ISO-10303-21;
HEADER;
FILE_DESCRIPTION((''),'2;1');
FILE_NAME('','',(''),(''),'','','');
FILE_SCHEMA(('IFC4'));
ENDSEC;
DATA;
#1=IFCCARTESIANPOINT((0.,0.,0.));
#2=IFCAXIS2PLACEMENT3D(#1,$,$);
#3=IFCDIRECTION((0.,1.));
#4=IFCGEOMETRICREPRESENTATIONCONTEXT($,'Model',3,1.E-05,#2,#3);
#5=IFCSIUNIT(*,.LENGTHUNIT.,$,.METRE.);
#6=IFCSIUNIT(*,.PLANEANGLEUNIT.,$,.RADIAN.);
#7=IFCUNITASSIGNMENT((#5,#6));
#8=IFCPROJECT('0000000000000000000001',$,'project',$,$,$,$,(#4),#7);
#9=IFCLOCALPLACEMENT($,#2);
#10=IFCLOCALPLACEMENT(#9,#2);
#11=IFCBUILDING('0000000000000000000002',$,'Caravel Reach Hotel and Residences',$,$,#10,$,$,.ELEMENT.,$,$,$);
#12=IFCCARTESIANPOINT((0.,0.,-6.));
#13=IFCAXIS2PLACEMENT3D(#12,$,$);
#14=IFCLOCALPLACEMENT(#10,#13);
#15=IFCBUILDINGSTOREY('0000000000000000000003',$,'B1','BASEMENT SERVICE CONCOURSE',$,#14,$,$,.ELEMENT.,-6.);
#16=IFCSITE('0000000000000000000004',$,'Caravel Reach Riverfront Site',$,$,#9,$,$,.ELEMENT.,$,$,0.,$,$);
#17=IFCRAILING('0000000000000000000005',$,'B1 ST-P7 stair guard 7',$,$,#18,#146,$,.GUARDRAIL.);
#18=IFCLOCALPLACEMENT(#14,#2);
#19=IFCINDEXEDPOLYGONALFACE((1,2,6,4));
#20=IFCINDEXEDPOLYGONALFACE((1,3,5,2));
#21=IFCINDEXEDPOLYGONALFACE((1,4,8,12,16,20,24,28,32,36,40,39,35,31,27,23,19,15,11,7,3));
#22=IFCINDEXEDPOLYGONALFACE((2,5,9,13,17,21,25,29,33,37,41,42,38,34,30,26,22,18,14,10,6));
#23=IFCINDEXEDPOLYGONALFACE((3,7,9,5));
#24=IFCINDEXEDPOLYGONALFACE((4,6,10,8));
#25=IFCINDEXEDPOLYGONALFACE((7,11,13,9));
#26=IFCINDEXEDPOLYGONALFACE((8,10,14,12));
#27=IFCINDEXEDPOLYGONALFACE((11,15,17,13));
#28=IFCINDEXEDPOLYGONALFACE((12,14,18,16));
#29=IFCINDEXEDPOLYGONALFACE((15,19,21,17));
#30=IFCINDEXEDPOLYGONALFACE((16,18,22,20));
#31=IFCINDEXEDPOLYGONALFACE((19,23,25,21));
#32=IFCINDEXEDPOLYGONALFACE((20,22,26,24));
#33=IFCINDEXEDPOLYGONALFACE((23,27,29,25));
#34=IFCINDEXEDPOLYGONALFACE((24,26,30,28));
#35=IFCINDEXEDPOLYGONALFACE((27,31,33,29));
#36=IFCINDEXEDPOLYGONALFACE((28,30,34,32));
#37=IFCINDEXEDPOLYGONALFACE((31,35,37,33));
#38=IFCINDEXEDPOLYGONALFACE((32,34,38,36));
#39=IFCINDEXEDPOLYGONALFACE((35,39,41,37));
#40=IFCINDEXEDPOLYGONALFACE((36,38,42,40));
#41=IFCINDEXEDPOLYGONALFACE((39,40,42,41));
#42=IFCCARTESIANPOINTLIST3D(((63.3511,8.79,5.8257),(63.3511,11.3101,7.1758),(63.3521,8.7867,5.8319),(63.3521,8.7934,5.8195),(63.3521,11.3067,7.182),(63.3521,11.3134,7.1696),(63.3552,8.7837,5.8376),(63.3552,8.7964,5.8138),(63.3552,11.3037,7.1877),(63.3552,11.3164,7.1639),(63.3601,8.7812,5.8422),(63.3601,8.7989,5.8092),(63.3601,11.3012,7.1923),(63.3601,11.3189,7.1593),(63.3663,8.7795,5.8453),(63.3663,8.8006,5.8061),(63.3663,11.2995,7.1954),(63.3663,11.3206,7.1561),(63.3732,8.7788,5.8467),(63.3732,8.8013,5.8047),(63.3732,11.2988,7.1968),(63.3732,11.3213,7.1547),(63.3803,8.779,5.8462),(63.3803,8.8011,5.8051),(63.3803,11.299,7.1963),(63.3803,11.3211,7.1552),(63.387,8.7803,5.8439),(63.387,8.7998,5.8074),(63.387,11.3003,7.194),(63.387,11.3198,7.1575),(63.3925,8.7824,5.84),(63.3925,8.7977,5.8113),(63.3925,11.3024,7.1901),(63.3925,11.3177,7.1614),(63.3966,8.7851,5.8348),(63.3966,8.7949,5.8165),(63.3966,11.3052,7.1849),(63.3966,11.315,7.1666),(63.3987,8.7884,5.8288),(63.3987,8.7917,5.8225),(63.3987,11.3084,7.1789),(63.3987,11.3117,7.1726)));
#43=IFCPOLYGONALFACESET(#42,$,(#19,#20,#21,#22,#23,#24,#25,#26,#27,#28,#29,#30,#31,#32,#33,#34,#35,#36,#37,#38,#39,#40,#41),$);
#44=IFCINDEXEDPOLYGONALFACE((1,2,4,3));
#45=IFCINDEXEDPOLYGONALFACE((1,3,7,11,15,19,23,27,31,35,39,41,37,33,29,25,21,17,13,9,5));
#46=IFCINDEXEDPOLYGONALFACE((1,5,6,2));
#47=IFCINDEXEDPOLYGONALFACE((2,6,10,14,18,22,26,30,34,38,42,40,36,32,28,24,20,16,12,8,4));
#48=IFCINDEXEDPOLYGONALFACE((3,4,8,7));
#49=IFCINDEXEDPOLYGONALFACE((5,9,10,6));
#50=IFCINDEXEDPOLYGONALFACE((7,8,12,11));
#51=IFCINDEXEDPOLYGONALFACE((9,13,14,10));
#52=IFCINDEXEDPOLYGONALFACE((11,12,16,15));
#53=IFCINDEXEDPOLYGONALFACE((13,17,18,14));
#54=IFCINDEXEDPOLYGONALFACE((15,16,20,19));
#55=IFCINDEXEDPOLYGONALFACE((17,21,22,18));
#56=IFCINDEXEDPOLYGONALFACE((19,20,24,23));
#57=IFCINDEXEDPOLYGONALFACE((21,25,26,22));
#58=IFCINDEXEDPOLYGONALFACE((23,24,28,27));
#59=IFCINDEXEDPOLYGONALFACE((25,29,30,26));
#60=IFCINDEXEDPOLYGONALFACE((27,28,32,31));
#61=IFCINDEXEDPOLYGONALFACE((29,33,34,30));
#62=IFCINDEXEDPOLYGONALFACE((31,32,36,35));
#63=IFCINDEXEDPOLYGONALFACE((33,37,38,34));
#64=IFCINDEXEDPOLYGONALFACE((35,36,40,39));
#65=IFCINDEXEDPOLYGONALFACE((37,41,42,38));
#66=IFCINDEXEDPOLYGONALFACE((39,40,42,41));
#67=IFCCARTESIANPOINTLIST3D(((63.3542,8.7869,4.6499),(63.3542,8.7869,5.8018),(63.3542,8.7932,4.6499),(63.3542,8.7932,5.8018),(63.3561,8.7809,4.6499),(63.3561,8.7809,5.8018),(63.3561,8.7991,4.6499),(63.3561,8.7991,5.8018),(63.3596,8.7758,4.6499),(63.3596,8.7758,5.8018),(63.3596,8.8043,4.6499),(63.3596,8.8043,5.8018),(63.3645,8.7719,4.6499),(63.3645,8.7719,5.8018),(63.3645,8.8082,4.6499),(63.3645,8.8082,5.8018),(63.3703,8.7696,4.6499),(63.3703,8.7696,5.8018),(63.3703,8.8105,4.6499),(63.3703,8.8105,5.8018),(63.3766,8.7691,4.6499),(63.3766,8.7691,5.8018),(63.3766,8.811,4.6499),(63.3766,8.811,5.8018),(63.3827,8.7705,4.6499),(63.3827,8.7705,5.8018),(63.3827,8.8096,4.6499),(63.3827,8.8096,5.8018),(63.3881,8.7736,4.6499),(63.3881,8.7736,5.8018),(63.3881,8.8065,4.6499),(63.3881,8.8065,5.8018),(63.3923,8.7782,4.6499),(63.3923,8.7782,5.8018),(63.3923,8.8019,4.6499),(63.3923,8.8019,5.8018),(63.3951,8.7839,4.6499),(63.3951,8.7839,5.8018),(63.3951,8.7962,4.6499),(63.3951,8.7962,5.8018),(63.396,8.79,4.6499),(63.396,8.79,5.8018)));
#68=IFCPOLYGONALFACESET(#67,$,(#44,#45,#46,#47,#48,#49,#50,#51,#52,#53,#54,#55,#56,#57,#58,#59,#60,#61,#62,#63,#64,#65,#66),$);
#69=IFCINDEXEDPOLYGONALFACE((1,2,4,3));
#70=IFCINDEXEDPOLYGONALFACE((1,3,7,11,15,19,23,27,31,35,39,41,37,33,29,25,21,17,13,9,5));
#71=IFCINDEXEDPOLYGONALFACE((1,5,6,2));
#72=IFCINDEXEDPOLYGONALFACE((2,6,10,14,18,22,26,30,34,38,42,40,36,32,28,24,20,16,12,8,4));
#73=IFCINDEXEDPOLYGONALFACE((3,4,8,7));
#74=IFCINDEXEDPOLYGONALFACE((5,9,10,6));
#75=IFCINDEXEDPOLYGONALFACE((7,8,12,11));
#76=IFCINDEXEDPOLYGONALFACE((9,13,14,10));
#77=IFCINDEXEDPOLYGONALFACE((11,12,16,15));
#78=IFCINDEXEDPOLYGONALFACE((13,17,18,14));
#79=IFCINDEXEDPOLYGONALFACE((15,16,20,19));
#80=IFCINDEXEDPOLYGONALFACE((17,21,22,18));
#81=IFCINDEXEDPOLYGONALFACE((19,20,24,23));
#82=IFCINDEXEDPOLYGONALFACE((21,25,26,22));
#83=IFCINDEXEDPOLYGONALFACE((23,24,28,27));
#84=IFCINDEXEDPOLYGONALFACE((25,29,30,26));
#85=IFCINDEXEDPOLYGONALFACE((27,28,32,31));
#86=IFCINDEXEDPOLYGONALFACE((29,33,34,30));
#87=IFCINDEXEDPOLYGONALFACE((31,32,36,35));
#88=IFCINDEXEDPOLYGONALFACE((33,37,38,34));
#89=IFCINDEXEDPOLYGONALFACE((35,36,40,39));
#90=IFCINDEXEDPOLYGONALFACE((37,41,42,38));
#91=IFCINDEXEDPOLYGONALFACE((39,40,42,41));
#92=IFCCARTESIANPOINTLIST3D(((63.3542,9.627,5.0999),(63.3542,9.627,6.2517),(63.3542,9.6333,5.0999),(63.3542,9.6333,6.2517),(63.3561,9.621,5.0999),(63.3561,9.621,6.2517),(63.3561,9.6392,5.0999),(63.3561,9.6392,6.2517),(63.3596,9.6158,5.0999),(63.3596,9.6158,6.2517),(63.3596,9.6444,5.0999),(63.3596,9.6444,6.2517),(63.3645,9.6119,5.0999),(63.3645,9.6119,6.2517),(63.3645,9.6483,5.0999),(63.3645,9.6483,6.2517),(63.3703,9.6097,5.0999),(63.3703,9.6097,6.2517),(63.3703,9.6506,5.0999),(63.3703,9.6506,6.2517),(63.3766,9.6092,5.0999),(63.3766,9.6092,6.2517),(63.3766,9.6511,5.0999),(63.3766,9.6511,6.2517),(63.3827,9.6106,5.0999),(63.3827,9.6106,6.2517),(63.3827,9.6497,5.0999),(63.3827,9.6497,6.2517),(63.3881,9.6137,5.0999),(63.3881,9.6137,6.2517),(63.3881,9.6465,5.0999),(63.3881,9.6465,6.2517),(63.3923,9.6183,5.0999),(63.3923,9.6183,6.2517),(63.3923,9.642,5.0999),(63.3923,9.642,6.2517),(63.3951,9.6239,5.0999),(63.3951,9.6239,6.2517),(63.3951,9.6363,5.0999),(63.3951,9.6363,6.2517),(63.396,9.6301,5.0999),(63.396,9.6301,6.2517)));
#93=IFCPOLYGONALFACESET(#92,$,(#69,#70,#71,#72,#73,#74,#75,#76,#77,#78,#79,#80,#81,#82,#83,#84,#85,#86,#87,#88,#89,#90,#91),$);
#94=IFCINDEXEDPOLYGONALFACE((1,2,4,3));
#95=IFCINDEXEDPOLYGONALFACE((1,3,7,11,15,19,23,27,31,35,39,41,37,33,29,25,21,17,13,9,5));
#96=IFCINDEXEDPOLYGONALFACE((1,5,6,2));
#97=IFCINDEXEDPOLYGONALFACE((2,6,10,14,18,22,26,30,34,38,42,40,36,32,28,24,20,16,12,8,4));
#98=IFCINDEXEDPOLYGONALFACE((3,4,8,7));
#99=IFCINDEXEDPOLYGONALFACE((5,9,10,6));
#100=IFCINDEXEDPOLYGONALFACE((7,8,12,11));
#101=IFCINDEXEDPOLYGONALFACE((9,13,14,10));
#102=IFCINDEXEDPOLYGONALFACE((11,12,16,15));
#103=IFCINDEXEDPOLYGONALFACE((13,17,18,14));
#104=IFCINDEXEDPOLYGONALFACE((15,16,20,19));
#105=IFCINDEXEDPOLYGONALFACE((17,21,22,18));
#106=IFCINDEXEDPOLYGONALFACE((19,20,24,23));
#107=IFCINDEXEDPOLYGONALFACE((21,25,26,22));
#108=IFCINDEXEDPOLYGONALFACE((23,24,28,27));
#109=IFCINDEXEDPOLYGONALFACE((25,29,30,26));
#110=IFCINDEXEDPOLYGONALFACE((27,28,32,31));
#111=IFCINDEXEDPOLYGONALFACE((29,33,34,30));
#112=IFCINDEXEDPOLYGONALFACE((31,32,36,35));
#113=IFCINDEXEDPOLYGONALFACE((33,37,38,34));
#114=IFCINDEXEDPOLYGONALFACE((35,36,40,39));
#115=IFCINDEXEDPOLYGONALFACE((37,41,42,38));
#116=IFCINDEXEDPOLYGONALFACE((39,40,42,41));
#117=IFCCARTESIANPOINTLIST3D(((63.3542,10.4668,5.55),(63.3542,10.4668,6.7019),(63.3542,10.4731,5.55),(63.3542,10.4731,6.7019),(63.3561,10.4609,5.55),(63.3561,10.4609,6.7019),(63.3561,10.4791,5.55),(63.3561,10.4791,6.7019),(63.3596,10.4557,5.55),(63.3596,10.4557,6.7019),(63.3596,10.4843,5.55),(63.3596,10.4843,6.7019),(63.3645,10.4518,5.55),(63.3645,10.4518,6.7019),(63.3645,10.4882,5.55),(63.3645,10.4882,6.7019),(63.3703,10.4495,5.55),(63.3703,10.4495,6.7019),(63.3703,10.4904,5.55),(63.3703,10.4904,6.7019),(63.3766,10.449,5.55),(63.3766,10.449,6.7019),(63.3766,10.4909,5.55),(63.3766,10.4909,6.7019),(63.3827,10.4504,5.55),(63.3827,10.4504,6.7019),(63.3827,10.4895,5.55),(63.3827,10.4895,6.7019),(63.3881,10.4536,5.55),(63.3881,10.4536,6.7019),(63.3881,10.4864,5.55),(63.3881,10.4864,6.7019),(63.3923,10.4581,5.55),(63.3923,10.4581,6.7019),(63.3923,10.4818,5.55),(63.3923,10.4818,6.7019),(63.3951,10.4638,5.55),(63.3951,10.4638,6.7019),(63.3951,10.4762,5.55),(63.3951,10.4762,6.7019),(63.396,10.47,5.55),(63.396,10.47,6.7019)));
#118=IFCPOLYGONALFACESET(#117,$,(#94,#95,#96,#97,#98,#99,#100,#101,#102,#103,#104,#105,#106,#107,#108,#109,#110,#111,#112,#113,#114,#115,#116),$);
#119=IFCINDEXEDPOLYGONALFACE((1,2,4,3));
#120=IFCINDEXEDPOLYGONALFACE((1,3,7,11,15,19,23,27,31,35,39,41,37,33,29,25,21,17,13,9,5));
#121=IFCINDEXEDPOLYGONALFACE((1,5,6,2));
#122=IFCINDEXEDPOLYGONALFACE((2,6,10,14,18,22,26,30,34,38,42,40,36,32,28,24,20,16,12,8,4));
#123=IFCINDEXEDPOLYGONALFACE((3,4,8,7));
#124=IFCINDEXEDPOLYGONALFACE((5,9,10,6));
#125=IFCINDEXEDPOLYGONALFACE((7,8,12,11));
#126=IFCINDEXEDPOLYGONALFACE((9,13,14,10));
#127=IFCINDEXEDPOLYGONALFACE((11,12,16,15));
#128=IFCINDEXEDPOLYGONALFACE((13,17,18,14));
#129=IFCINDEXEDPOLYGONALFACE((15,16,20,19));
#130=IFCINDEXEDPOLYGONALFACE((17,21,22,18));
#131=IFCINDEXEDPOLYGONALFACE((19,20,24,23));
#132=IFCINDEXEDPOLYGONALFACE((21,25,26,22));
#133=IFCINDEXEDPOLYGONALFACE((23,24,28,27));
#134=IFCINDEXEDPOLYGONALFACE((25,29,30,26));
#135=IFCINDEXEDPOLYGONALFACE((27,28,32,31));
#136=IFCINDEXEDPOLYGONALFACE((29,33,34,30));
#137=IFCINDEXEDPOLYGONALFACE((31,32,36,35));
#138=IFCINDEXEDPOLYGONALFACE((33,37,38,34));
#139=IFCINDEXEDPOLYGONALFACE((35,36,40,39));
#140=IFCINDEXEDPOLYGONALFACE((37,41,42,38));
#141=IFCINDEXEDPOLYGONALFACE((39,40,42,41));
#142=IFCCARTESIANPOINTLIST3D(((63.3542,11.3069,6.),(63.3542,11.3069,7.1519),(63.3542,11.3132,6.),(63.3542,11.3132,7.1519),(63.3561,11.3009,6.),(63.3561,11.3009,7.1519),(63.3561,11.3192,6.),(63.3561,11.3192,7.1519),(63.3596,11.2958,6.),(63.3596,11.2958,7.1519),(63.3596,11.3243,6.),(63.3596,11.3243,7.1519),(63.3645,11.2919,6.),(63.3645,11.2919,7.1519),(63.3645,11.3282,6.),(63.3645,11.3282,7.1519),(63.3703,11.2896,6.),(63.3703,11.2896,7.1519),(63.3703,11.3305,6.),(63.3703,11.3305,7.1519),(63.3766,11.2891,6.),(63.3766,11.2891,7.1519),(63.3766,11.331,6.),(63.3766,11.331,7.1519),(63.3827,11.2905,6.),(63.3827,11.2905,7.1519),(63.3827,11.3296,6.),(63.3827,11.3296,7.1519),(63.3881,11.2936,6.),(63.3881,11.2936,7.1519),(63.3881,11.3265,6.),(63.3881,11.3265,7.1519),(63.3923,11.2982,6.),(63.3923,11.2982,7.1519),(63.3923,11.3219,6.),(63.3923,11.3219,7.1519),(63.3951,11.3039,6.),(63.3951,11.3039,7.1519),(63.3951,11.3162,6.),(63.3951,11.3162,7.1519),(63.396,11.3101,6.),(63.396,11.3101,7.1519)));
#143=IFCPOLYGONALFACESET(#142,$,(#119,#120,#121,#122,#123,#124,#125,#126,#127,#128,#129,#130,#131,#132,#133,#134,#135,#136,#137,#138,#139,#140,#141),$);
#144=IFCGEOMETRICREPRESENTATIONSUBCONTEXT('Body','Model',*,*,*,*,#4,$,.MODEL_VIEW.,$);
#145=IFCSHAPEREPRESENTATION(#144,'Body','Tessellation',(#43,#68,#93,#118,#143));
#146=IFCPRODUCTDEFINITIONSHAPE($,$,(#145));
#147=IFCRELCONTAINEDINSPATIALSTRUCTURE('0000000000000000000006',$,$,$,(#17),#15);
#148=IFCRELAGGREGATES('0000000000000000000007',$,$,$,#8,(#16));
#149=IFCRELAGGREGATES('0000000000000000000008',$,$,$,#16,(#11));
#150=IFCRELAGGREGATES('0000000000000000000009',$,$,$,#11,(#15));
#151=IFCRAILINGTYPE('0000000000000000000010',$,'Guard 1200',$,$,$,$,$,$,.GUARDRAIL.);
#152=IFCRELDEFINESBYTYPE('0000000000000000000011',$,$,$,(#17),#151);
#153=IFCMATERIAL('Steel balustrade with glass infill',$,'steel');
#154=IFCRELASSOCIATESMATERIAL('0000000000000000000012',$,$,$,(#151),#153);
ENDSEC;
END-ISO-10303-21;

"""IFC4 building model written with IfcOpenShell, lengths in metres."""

from ifc_helpers import new_model, si_unit, direction, frame, origin, origin_2d, place, context, subcontext, project, spatial, circle, extrude, material, type_object, element, save


model = new_model("IFC4")

# Units and contexts
model_context = context("Model", 3, precision=1e-05, world=origin(), true_north=direction((0.0, 1.0)))
body_context = subcontext(model_context, "Body", "Model", "MODEL_VIEW")
ifc_project = project(units=[si_unit("LENGTHUNIT", "METRE"), si_unit("PLANEANGLEUNIT", "RADIAN")], contexts=[model_context])

# Site, building, storey
site_placement = place(None, origin())
site = spatial("IfcSite", under=ifc_project, at=site_placement, Name="Caravel Reach Riverfront Site", CompositionType="ELEMENT", RefElevation=0.0)
building_placement = place(site_placement, origin())
building = spatial("IfcBuilding", under=site, at=building_placement, Name="Caravel Reach Hotel and Residences", CompositionType="ELEMENT")
storey_placement = place(building_placement, frame((0.0, 0.0, -6.0)))
storey = spatial("IfcBuildingStorey", under=building, at=storey_placement, Name="B1", Description="BASEMENT SERVICE CONCOURSE", CompositionType="ELEMENT", Elevation=-6.0)

# Railing
ifc_material_1 = material(Name="Steel balustrade with glass infill", Category="steel")
railing_type_1 = type_object("IfcRailingType", Name="Guard 1200", PredefinedType="GUARDRAIL", material=ifc_material_1)
railing_1_placement = place(storey_placement, frame((63.375, 8.79, 4.6499)))
element("IfcRailing", 1, at=railing_1_placement, inside=storey, type_object=railing_type_1, Name="B1 ST-P7 stair guard 7", PredefinedType="GUARDRAIL", context=body_context, shape_type="SweptSolid", body=[
    extrude(circle(Radius=0.0239, at=origin_2d()), frame((0.0, 0.0, 1.1758), z_axis=(0.0, 0.881467, 0.472245), x_axis=(-1.0, 0.0, 0.0)), (0.0, 0.0, 1.0), 2.8589),
    extrude(circle(Radius=0.021, at=origin_2d()), origin(), (0.0, 0.0, 1.0), 1.1519),
    extrude(circle(Radius=0.021, at=origin_2d()), frame((0.0, 0.8401, 0.45)), (0.0, 0.0, 1.0), 1.1519),
    extrude(circle(Radius=0.021, at=origin_2d()), frame((0.0, 1.6799, 0.9001)), (0.0, 0.0, 1.0), 1.1519),
    extrude(circle(Radius=0.021, at=origin_2d()), frame((0.0, 2.52, 1.3501)), (0.0, 0.0, 1.0), 1.1519),
])

save(model, "model.ifc")
